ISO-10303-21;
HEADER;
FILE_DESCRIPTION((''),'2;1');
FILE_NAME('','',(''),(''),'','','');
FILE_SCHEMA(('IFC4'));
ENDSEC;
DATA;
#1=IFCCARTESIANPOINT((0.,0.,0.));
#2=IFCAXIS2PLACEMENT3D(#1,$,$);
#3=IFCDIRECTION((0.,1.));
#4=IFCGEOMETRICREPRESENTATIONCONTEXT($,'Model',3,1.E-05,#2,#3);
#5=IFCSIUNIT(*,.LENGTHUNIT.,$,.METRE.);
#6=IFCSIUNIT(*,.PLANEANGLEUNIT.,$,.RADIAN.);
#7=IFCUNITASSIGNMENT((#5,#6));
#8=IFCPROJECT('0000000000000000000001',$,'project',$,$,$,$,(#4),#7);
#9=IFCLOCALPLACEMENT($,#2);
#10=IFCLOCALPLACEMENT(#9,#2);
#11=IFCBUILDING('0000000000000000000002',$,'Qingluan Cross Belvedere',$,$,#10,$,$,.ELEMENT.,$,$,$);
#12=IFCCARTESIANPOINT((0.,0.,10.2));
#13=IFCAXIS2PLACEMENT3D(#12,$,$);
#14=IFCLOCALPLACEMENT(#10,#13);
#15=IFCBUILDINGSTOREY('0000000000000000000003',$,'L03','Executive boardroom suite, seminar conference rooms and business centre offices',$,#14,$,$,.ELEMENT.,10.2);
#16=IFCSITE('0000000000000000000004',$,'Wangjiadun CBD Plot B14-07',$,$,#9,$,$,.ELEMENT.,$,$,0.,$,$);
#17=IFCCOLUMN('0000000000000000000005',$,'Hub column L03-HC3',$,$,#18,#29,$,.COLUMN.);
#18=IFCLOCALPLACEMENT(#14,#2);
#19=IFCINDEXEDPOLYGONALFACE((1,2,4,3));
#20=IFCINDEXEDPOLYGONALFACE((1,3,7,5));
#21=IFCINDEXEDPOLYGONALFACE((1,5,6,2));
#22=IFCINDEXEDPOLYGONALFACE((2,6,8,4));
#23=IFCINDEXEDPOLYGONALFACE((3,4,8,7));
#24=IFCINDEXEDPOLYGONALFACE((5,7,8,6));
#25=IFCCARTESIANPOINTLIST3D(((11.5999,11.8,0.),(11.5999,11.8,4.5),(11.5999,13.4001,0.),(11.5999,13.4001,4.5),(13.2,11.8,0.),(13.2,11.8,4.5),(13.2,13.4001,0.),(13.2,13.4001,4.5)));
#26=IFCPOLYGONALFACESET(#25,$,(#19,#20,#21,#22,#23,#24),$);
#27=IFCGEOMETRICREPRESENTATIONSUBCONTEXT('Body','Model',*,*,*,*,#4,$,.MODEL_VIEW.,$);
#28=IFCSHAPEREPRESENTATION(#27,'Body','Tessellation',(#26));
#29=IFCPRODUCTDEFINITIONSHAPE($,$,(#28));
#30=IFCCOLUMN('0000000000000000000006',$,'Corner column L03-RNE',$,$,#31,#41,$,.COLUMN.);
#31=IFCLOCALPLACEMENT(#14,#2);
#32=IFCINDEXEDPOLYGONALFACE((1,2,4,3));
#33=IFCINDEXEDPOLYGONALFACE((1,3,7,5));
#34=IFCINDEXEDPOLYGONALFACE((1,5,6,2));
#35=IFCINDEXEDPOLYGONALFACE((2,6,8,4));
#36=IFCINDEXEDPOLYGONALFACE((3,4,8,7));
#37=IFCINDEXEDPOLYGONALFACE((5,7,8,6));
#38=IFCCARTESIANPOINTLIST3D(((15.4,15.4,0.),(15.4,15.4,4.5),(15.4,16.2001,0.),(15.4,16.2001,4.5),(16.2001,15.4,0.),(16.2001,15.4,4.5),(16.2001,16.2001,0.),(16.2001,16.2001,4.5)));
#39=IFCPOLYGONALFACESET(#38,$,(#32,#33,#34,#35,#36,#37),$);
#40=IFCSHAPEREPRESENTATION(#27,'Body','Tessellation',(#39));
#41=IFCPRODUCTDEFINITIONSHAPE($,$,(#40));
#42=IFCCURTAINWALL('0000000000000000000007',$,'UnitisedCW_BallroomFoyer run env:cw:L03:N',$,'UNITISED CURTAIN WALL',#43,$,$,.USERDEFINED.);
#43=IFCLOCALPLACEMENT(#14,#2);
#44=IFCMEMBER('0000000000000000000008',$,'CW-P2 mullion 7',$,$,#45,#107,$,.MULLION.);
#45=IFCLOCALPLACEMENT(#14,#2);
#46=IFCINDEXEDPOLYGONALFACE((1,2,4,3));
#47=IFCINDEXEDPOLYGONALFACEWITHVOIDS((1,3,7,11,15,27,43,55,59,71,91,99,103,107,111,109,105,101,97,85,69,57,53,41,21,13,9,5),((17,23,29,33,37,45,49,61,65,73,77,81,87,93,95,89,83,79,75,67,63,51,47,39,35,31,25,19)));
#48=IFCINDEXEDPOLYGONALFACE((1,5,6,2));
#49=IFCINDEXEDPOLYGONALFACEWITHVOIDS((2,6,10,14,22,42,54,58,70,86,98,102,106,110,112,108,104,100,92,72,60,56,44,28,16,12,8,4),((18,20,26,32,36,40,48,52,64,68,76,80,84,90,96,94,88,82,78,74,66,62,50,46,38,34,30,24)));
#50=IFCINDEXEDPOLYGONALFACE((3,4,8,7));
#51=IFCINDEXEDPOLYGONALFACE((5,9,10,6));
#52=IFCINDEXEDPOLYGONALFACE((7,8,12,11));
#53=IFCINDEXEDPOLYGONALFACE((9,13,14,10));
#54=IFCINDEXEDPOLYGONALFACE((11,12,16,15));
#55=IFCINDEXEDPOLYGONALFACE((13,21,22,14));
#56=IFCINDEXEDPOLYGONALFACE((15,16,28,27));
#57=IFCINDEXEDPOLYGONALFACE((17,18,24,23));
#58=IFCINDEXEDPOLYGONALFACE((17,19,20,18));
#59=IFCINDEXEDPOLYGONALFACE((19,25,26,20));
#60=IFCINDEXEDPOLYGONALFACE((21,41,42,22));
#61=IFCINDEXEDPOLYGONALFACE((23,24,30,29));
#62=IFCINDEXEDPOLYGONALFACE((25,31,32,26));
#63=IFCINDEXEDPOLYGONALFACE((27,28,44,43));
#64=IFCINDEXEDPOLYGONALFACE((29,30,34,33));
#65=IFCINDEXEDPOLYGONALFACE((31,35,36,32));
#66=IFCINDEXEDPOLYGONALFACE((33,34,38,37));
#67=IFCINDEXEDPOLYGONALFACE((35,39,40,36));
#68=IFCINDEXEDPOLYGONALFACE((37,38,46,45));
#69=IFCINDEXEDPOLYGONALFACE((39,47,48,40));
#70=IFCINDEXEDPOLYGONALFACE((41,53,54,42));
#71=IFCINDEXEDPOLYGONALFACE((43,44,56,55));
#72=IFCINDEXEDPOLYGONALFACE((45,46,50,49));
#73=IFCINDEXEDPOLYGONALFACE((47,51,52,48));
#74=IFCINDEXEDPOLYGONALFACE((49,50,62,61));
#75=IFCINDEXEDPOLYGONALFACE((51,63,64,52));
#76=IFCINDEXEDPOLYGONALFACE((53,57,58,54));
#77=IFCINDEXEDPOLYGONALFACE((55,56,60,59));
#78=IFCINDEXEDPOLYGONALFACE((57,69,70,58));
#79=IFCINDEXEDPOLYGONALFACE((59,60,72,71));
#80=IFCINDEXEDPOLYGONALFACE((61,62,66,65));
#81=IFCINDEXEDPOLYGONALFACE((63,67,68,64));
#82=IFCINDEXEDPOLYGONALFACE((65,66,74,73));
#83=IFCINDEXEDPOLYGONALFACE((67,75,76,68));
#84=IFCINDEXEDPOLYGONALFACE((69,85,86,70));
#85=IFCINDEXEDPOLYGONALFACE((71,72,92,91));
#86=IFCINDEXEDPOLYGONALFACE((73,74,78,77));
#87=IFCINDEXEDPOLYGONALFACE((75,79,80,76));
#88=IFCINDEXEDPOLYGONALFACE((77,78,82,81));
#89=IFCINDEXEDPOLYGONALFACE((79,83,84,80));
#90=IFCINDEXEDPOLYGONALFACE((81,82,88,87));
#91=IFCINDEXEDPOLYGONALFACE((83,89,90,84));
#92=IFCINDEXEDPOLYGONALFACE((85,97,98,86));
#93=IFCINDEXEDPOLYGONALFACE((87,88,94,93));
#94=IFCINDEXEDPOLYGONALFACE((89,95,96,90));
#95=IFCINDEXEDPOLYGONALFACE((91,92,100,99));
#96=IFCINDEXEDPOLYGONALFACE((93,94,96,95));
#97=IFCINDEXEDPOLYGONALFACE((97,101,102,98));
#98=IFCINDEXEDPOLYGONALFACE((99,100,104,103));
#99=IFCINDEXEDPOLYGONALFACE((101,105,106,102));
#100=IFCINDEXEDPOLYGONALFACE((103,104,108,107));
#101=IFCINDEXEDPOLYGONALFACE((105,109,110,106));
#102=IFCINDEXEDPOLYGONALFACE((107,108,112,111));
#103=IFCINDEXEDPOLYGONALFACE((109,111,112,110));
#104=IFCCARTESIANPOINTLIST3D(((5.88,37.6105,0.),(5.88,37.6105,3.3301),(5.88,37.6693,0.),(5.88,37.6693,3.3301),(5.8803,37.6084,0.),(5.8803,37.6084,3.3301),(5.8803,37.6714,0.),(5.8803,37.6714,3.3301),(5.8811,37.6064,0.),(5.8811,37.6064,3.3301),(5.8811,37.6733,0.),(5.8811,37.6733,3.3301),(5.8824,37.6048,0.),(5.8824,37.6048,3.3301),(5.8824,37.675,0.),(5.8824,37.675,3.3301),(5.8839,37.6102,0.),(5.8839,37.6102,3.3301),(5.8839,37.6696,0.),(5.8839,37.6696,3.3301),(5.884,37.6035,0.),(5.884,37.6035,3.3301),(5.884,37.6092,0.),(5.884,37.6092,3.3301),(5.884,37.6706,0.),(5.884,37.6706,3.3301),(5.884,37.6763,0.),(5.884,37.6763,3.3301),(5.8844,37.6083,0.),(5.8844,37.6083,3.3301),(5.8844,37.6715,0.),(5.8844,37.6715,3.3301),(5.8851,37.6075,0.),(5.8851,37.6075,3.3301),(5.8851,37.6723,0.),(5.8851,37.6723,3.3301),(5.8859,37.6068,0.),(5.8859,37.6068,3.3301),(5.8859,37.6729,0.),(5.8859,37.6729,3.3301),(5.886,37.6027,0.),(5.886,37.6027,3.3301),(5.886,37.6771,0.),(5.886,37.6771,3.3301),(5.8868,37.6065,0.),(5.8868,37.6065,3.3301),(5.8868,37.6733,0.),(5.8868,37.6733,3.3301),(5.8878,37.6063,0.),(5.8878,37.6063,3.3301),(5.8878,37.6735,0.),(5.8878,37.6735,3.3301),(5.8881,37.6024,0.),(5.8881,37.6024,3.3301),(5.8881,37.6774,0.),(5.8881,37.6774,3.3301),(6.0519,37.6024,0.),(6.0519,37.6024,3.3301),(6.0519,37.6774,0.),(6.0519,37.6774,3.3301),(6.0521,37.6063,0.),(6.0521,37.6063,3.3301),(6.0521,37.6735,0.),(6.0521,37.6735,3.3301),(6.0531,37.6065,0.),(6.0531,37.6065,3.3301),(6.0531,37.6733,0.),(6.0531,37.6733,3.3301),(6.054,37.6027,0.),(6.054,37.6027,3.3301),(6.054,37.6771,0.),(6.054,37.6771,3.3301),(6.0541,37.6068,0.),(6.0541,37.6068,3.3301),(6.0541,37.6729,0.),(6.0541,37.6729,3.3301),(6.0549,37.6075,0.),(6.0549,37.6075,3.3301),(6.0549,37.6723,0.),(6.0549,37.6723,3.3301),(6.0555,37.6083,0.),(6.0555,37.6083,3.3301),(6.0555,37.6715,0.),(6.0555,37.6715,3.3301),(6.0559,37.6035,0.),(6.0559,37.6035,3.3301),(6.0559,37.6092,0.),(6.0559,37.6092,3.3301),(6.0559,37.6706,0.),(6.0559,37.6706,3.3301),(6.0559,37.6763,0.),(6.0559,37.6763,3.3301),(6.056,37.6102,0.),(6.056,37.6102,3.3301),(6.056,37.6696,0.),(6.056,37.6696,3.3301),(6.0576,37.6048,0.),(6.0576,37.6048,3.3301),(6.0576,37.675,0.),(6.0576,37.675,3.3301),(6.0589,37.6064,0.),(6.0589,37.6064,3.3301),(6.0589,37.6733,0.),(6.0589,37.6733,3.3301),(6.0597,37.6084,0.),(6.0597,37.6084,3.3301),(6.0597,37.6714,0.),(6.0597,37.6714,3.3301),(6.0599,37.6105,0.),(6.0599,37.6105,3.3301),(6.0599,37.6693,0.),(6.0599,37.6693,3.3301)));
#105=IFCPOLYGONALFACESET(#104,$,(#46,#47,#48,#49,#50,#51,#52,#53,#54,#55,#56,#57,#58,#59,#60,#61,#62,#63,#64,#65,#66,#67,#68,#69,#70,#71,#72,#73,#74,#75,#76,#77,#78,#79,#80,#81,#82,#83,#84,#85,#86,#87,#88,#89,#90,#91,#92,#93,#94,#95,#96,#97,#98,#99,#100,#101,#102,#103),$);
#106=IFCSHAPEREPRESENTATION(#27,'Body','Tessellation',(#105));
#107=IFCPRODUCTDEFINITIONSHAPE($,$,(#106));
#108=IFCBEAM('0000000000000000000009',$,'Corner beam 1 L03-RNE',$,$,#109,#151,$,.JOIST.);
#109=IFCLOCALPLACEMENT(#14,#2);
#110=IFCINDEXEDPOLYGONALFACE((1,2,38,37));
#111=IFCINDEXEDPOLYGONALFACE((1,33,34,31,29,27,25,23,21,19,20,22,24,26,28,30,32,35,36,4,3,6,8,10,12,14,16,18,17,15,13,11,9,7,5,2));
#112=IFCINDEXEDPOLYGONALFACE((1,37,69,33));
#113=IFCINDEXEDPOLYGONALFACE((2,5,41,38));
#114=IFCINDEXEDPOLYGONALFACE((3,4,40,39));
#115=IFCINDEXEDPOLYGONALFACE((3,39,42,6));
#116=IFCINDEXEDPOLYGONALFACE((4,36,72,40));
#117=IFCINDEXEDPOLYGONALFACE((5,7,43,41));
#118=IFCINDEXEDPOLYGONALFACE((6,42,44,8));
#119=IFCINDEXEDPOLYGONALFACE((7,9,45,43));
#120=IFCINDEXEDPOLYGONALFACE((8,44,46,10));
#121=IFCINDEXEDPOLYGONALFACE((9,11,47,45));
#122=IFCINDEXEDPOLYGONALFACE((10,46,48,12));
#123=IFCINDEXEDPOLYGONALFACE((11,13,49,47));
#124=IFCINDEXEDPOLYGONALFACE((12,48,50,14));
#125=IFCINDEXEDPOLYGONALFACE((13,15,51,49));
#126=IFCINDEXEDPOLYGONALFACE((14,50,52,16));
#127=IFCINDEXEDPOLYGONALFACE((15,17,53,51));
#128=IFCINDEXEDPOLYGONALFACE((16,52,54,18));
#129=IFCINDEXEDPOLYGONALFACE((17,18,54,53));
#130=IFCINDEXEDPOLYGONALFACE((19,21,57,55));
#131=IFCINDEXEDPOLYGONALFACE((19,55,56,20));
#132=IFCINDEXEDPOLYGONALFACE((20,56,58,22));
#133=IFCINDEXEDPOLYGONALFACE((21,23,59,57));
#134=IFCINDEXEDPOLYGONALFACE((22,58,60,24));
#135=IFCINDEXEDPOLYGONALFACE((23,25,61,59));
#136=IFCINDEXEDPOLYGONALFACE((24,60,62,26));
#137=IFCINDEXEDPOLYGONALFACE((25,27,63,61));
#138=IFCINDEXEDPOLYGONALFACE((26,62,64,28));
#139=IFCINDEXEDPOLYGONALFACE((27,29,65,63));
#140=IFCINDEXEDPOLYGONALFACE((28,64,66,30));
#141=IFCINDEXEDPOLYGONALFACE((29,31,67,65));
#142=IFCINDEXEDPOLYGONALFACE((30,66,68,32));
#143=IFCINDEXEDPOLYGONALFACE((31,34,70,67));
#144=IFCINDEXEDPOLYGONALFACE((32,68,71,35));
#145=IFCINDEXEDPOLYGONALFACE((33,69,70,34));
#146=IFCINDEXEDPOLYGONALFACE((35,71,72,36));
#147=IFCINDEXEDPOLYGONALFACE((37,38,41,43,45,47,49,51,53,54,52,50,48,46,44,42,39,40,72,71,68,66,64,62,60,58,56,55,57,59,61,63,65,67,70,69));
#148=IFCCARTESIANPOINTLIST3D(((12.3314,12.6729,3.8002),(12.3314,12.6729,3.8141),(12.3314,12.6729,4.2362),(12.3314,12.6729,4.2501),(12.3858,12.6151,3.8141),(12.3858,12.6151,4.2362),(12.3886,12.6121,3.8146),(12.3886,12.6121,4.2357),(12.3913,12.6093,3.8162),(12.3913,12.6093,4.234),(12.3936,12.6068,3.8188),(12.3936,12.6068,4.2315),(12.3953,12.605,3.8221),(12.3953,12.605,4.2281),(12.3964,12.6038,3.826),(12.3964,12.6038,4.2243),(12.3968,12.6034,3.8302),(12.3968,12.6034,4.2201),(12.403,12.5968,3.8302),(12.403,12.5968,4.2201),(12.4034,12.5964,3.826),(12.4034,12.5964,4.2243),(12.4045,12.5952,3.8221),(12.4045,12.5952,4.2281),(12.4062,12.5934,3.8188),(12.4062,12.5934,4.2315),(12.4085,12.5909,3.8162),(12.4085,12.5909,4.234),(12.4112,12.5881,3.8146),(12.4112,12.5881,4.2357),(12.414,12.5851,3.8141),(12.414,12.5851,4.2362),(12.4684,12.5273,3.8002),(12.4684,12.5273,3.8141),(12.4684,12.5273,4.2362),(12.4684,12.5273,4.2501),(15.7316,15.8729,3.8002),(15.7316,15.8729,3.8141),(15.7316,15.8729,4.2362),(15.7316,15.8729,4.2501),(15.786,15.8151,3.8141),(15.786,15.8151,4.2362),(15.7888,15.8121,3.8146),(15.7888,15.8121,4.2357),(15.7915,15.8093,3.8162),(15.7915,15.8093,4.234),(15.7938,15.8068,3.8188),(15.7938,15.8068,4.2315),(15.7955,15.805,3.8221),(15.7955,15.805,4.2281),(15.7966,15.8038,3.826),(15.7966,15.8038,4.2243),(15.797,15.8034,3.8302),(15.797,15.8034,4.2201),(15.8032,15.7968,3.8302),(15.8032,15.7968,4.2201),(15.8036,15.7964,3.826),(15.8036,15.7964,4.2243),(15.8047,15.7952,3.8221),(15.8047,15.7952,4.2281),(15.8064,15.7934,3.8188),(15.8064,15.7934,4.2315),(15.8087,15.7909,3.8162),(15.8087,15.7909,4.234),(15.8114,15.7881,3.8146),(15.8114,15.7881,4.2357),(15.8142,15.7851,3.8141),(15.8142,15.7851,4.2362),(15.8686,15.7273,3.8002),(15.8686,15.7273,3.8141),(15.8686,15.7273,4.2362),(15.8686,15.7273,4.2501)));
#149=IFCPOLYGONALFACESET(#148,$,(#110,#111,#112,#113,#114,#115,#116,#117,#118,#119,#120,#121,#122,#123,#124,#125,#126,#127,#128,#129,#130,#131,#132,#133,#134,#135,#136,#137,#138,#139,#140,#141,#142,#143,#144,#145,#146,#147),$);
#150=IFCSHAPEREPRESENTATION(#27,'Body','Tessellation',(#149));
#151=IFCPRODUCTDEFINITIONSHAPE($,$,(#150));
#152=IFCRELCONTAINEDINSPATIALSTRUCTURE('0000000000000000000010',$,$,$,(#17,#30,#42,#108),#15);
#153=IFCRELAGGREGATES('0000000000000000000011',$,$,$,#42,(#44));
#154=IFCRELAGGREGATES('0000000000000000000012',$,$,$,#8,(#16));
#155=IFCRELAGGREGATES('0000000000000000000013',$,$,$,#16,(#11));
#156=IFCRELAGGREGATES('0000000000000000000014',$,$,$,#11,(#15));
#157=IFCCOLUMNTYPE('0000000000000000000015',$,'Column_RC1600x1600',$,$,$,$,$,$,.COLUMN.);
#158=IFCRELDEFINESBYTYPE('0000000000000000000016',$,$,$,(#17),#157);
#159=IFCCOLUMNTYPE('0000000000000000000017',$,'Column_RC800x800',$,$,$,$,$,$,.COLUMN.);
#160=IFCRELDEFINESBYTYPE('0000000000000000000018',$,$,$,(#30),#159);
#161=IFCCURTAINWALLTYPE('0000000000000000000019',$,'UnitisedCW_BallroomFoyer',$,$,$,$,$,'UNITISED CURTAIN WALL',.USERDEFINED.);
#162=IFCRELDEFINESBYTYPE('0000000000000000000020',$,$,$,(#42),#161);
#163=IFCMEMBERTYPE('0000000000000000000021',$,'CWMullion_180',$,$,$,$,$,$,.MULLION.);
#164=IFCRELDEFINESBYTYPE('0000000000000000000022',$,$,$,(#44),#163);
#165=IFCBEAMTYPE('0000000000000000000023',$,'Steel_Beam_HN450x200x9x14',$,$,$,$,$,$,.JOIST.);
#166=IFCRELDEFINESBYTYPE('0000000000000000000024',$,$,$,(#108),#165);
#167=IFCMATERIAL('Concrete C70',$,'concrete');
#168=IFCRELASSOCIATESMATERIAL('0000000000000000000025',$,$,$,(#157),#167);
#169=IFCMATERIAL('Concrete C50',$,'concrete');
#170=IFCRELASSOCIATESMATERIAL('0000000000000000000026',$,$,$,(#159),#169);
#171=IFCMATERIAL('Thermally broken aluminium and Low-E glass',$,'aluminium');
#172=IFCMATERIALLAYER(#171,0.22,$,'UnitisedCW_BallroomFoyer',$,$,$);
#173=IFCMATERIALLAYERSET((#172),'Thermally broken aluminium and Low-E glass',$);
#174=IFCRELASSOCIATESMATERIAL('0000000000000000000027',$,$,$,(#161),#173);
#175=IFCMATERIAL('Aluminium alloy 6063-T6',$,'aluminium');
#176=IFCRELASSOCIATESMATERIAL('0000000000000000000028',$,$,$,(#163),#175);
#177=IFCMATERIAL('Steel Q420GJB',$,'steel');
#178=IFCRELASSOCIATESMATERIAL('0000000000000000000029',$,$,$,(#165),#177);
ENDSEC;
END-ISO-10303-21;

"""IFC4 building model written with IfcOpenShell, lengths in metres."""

from ifc_helpers import new_model, si_unit, direction, frame, origin, origin_2d, place, context, subcontext, project, spatial, rectangle, hollow_rectangle, i_section, extrude, material, layer, layer_set, material_profile, profile_set, type_object, element, aggregate, save


model = new_model("IFC4")

# Units and contexts
model_context = context("Model", 3, precision=1e-05, world=origin(), true_north=direction((0.0, 1.0)))
body_context = subcontext(model_context, "Body", "Model", "MODEL_VIEW")
ifc_project = project(units=[si_unit("LENGTHUNIT", "METRE"), si_unit("PLANEANGLEUNIT", "RADIAN")], contexts=[model_context])

# Site, building, storey
site_placement = place(None, origin())
site = spatial("IfcSite", under=ifc_project, at=site_placement, Name="Wangjiadun CBD Plot B14-07", CompositionType="ELEMENT", RefElevation=0.0)
building_placement = place(site_placement, origin())
building = spatial("IfcBuilding", under=site, at=building_placement, Name="Qingluan Cross Belvedere", CompositionType="ELEMENT")
storey_placement = place(building_placement, frame((0.0, 0.0, 10.2)))
storey = spatial("IfcBuildingStorey", under=building, at=storey_placement, Name="L03", Description="Executive boardroom suite, seminar conference rooms and business centre offices", CompositionType="ELEMENT", Elevation=10.2)

# Columns
ifc_material_1 = material(Name="Concrete C70", Category="concrete")
ifc_material_profile_1 = material_profile(ifc_material_1, rectangle(XDim=1.6001, YDim=1.6001, at=origin_2d()), Name="RC1600x1600")
ifc_profile_set_1 = profile_set([ifc_material_profile_1], Name="Concrete C70")
column_type_1 = type_object("IfcColumnType", Name="Column_RC1600x1600", PredefinedType="COLUMN", material=ifc_profile_set_1)
column_1_placement = place(storey_placement, frame((12.3999, 12.6001, 0.0), z_axis=(0.0, 0.0, 1.0), x_axis=(1.0, 0.0, 0.0)))
element("IfcColumn", 1, at=column_1_placement, inside=storey, type_object=column_type_1, Name="Hub column L03-HC3", PredefinedType="COLUMN", context=body_context, shape_type="SweptSolid", body=[
    extrude(rectangle(XDim=1.6001, YDim=1.6001, at=origin_2d()), origin(), (0.0, 0.0, 1.0), 4.5),
])
ifc_material_2 = material(Name="Concrete C50", Category="concrete")
ifc_material_profile_2 = material_profile(ifc_material_2, rectangle(XDim=0.8, YDim=0.8, at=origin_2d()), Name="RC800x800")
ifc_profile_set_2 = profile_set([ifc_material_profile_2], Name="Concrete C50")
column_type_2 = type_object("IfcColumnType", Name="Column_RC800x800", PredefinedType="COLUMN", material=ifc_profile_set_2)
column_2_placement = place(storey_placement, frame((15.8, 15.8, 0.0), z_axis=(0.0, 0.0, 1.0), x_axis=(1.0, 0.0, 0.0)))
element("IfcColumn", 2, at=column_2_placement, inside=storey, type_object=column_type_2, Name="Corner column L03-RNE", PredefinedType="COLUMN", context=body_context, shape_type="SweptSolid", body=[
    extrude(rectangle(XDim=0.8, YDim=0.8, at=origin_2d()), origin(), (0.0, 0.0, 1.0), 4.5),
])

# Curtain wall, member
ifc_material_3 = material(Name="Thermally broken aluminium and Low-E glass", Category="aluminium")
ifc_layer_1 = layer(ifc_material_3, 0.22, Name="UnitisedCW_BallroomFoyer")
ifc_layer_set_1 = layer_set([ifc_layer_1], Name="Thermally broken aluminium and Low-E glass")
curtain_wall_type = type_object("IfcCurtainWallType", Name="UnitisedCW_BallroomFoyer", ElementType="UNITISED CURTAIN WALL", PredefinedType="USERDEFINED", material=ifc_layer_set_1)
curtain_wall_placement = place(storey_placement, origin())
curtain_wall = element("IfcCurtainWall", 3, at=curtain_wall_placement, inside=storey, type_object=curtain_wall_type, Name="UnitisedCW_BallroomFoyer run env:cw:L03:N", ObjectType="UNITISED CURTAIN WALL", PredefinedType="USERDEFINED")
ifc_material_4 = material(Name="Aluminium alloy 6063-T6", Category="aluminium")
ifc_material_profile_3 = material_profile(ifc_material_4, hollow_rectangle(XDim=0.075, YDim=0.1799, WallThickness=0.0039, InnerFilletRadius=0.0039, OuterFilletRadius=0.0081, at=origin_2d()), Name="CWM180x75x4")
ifc_profile_set_3 = profile_set([ifc_material_profile_3], Name="Aluminium alloy 6063-T6")
member_type = type_object("IfcMemberType", Name="CWMullion_180", PredefinedType="MULLION", material=ifc_profile_set_3)
member_placement = place(storey_placement, frame((5.97, 37.6399, 0.0), z_axis=(0.0, 0.0, 1.0), x_axis=(0.0, 1.0, 0.0)))
member = element("IfcMember", 4, at=member_placement, type_object=member_type, Name="CW-P2 mullion 7", PredefinedType="MULLION", context=body_context, shape_type="SweptSolid", body=[
    extrude(hollow_rectangle(XDim=0.075, YDim=0.1799, WallThickness=0.0039, InnerFilletRadius=0.0039, OuterFilletRadius=0.0081, at=origin_2d()), origin(), (0.0, 0.0, 1.0), 3.3301),
])

# Beam
ifc_material_5 = material(Name="Steel Q420GJB", Category="steel")
ifc_material_profile_4 = material_profile(ifc_material_5, i_section(OverallWidth=0.2, OverallDepth=0.45, WebThickness=0.009, FlangeThickness=0.0139, FilletRadius=0.0161, at=origin_2d()), Name="HN450x200x9x14")
ifc_profile_set_4 = profile_set([ifc_material_profile_4], Name="Steel Q420GJB")
beam_type = type_object("IfcBeamType", Name="Steel_Beam_HN450x200x9x14", PredefinedType="JOIST", material=ifc_profile_set_4)
beam_1_placement = place(storey_placement, frame((12.3999, 12.6001, 4.0251), z_axis=(0.72822, 0.685343, 0.0), x_axis=(-0.685343, 0.72822, 0.0)))
element("IfcBeam", 5, at=beam_1_placement, inside=storey, type_object=beam_type, Name="Corner beam 1 L03-RNE", PredefinedType="JOIST", context=body_context, shape_type="SweptSolid", body=[
    extrude(i_section(OverallWidth=0.2, OverallDepth=0.45, WebThickness=0.009, FlangeThickness=0.0139, FilletRadius=0.0161, at=origin_2d()), origin(), (0.0, 0.0, 1.0), 4.6692),
])

aggregate(curtain_wall, [member])

save(model, "model.ifc")
